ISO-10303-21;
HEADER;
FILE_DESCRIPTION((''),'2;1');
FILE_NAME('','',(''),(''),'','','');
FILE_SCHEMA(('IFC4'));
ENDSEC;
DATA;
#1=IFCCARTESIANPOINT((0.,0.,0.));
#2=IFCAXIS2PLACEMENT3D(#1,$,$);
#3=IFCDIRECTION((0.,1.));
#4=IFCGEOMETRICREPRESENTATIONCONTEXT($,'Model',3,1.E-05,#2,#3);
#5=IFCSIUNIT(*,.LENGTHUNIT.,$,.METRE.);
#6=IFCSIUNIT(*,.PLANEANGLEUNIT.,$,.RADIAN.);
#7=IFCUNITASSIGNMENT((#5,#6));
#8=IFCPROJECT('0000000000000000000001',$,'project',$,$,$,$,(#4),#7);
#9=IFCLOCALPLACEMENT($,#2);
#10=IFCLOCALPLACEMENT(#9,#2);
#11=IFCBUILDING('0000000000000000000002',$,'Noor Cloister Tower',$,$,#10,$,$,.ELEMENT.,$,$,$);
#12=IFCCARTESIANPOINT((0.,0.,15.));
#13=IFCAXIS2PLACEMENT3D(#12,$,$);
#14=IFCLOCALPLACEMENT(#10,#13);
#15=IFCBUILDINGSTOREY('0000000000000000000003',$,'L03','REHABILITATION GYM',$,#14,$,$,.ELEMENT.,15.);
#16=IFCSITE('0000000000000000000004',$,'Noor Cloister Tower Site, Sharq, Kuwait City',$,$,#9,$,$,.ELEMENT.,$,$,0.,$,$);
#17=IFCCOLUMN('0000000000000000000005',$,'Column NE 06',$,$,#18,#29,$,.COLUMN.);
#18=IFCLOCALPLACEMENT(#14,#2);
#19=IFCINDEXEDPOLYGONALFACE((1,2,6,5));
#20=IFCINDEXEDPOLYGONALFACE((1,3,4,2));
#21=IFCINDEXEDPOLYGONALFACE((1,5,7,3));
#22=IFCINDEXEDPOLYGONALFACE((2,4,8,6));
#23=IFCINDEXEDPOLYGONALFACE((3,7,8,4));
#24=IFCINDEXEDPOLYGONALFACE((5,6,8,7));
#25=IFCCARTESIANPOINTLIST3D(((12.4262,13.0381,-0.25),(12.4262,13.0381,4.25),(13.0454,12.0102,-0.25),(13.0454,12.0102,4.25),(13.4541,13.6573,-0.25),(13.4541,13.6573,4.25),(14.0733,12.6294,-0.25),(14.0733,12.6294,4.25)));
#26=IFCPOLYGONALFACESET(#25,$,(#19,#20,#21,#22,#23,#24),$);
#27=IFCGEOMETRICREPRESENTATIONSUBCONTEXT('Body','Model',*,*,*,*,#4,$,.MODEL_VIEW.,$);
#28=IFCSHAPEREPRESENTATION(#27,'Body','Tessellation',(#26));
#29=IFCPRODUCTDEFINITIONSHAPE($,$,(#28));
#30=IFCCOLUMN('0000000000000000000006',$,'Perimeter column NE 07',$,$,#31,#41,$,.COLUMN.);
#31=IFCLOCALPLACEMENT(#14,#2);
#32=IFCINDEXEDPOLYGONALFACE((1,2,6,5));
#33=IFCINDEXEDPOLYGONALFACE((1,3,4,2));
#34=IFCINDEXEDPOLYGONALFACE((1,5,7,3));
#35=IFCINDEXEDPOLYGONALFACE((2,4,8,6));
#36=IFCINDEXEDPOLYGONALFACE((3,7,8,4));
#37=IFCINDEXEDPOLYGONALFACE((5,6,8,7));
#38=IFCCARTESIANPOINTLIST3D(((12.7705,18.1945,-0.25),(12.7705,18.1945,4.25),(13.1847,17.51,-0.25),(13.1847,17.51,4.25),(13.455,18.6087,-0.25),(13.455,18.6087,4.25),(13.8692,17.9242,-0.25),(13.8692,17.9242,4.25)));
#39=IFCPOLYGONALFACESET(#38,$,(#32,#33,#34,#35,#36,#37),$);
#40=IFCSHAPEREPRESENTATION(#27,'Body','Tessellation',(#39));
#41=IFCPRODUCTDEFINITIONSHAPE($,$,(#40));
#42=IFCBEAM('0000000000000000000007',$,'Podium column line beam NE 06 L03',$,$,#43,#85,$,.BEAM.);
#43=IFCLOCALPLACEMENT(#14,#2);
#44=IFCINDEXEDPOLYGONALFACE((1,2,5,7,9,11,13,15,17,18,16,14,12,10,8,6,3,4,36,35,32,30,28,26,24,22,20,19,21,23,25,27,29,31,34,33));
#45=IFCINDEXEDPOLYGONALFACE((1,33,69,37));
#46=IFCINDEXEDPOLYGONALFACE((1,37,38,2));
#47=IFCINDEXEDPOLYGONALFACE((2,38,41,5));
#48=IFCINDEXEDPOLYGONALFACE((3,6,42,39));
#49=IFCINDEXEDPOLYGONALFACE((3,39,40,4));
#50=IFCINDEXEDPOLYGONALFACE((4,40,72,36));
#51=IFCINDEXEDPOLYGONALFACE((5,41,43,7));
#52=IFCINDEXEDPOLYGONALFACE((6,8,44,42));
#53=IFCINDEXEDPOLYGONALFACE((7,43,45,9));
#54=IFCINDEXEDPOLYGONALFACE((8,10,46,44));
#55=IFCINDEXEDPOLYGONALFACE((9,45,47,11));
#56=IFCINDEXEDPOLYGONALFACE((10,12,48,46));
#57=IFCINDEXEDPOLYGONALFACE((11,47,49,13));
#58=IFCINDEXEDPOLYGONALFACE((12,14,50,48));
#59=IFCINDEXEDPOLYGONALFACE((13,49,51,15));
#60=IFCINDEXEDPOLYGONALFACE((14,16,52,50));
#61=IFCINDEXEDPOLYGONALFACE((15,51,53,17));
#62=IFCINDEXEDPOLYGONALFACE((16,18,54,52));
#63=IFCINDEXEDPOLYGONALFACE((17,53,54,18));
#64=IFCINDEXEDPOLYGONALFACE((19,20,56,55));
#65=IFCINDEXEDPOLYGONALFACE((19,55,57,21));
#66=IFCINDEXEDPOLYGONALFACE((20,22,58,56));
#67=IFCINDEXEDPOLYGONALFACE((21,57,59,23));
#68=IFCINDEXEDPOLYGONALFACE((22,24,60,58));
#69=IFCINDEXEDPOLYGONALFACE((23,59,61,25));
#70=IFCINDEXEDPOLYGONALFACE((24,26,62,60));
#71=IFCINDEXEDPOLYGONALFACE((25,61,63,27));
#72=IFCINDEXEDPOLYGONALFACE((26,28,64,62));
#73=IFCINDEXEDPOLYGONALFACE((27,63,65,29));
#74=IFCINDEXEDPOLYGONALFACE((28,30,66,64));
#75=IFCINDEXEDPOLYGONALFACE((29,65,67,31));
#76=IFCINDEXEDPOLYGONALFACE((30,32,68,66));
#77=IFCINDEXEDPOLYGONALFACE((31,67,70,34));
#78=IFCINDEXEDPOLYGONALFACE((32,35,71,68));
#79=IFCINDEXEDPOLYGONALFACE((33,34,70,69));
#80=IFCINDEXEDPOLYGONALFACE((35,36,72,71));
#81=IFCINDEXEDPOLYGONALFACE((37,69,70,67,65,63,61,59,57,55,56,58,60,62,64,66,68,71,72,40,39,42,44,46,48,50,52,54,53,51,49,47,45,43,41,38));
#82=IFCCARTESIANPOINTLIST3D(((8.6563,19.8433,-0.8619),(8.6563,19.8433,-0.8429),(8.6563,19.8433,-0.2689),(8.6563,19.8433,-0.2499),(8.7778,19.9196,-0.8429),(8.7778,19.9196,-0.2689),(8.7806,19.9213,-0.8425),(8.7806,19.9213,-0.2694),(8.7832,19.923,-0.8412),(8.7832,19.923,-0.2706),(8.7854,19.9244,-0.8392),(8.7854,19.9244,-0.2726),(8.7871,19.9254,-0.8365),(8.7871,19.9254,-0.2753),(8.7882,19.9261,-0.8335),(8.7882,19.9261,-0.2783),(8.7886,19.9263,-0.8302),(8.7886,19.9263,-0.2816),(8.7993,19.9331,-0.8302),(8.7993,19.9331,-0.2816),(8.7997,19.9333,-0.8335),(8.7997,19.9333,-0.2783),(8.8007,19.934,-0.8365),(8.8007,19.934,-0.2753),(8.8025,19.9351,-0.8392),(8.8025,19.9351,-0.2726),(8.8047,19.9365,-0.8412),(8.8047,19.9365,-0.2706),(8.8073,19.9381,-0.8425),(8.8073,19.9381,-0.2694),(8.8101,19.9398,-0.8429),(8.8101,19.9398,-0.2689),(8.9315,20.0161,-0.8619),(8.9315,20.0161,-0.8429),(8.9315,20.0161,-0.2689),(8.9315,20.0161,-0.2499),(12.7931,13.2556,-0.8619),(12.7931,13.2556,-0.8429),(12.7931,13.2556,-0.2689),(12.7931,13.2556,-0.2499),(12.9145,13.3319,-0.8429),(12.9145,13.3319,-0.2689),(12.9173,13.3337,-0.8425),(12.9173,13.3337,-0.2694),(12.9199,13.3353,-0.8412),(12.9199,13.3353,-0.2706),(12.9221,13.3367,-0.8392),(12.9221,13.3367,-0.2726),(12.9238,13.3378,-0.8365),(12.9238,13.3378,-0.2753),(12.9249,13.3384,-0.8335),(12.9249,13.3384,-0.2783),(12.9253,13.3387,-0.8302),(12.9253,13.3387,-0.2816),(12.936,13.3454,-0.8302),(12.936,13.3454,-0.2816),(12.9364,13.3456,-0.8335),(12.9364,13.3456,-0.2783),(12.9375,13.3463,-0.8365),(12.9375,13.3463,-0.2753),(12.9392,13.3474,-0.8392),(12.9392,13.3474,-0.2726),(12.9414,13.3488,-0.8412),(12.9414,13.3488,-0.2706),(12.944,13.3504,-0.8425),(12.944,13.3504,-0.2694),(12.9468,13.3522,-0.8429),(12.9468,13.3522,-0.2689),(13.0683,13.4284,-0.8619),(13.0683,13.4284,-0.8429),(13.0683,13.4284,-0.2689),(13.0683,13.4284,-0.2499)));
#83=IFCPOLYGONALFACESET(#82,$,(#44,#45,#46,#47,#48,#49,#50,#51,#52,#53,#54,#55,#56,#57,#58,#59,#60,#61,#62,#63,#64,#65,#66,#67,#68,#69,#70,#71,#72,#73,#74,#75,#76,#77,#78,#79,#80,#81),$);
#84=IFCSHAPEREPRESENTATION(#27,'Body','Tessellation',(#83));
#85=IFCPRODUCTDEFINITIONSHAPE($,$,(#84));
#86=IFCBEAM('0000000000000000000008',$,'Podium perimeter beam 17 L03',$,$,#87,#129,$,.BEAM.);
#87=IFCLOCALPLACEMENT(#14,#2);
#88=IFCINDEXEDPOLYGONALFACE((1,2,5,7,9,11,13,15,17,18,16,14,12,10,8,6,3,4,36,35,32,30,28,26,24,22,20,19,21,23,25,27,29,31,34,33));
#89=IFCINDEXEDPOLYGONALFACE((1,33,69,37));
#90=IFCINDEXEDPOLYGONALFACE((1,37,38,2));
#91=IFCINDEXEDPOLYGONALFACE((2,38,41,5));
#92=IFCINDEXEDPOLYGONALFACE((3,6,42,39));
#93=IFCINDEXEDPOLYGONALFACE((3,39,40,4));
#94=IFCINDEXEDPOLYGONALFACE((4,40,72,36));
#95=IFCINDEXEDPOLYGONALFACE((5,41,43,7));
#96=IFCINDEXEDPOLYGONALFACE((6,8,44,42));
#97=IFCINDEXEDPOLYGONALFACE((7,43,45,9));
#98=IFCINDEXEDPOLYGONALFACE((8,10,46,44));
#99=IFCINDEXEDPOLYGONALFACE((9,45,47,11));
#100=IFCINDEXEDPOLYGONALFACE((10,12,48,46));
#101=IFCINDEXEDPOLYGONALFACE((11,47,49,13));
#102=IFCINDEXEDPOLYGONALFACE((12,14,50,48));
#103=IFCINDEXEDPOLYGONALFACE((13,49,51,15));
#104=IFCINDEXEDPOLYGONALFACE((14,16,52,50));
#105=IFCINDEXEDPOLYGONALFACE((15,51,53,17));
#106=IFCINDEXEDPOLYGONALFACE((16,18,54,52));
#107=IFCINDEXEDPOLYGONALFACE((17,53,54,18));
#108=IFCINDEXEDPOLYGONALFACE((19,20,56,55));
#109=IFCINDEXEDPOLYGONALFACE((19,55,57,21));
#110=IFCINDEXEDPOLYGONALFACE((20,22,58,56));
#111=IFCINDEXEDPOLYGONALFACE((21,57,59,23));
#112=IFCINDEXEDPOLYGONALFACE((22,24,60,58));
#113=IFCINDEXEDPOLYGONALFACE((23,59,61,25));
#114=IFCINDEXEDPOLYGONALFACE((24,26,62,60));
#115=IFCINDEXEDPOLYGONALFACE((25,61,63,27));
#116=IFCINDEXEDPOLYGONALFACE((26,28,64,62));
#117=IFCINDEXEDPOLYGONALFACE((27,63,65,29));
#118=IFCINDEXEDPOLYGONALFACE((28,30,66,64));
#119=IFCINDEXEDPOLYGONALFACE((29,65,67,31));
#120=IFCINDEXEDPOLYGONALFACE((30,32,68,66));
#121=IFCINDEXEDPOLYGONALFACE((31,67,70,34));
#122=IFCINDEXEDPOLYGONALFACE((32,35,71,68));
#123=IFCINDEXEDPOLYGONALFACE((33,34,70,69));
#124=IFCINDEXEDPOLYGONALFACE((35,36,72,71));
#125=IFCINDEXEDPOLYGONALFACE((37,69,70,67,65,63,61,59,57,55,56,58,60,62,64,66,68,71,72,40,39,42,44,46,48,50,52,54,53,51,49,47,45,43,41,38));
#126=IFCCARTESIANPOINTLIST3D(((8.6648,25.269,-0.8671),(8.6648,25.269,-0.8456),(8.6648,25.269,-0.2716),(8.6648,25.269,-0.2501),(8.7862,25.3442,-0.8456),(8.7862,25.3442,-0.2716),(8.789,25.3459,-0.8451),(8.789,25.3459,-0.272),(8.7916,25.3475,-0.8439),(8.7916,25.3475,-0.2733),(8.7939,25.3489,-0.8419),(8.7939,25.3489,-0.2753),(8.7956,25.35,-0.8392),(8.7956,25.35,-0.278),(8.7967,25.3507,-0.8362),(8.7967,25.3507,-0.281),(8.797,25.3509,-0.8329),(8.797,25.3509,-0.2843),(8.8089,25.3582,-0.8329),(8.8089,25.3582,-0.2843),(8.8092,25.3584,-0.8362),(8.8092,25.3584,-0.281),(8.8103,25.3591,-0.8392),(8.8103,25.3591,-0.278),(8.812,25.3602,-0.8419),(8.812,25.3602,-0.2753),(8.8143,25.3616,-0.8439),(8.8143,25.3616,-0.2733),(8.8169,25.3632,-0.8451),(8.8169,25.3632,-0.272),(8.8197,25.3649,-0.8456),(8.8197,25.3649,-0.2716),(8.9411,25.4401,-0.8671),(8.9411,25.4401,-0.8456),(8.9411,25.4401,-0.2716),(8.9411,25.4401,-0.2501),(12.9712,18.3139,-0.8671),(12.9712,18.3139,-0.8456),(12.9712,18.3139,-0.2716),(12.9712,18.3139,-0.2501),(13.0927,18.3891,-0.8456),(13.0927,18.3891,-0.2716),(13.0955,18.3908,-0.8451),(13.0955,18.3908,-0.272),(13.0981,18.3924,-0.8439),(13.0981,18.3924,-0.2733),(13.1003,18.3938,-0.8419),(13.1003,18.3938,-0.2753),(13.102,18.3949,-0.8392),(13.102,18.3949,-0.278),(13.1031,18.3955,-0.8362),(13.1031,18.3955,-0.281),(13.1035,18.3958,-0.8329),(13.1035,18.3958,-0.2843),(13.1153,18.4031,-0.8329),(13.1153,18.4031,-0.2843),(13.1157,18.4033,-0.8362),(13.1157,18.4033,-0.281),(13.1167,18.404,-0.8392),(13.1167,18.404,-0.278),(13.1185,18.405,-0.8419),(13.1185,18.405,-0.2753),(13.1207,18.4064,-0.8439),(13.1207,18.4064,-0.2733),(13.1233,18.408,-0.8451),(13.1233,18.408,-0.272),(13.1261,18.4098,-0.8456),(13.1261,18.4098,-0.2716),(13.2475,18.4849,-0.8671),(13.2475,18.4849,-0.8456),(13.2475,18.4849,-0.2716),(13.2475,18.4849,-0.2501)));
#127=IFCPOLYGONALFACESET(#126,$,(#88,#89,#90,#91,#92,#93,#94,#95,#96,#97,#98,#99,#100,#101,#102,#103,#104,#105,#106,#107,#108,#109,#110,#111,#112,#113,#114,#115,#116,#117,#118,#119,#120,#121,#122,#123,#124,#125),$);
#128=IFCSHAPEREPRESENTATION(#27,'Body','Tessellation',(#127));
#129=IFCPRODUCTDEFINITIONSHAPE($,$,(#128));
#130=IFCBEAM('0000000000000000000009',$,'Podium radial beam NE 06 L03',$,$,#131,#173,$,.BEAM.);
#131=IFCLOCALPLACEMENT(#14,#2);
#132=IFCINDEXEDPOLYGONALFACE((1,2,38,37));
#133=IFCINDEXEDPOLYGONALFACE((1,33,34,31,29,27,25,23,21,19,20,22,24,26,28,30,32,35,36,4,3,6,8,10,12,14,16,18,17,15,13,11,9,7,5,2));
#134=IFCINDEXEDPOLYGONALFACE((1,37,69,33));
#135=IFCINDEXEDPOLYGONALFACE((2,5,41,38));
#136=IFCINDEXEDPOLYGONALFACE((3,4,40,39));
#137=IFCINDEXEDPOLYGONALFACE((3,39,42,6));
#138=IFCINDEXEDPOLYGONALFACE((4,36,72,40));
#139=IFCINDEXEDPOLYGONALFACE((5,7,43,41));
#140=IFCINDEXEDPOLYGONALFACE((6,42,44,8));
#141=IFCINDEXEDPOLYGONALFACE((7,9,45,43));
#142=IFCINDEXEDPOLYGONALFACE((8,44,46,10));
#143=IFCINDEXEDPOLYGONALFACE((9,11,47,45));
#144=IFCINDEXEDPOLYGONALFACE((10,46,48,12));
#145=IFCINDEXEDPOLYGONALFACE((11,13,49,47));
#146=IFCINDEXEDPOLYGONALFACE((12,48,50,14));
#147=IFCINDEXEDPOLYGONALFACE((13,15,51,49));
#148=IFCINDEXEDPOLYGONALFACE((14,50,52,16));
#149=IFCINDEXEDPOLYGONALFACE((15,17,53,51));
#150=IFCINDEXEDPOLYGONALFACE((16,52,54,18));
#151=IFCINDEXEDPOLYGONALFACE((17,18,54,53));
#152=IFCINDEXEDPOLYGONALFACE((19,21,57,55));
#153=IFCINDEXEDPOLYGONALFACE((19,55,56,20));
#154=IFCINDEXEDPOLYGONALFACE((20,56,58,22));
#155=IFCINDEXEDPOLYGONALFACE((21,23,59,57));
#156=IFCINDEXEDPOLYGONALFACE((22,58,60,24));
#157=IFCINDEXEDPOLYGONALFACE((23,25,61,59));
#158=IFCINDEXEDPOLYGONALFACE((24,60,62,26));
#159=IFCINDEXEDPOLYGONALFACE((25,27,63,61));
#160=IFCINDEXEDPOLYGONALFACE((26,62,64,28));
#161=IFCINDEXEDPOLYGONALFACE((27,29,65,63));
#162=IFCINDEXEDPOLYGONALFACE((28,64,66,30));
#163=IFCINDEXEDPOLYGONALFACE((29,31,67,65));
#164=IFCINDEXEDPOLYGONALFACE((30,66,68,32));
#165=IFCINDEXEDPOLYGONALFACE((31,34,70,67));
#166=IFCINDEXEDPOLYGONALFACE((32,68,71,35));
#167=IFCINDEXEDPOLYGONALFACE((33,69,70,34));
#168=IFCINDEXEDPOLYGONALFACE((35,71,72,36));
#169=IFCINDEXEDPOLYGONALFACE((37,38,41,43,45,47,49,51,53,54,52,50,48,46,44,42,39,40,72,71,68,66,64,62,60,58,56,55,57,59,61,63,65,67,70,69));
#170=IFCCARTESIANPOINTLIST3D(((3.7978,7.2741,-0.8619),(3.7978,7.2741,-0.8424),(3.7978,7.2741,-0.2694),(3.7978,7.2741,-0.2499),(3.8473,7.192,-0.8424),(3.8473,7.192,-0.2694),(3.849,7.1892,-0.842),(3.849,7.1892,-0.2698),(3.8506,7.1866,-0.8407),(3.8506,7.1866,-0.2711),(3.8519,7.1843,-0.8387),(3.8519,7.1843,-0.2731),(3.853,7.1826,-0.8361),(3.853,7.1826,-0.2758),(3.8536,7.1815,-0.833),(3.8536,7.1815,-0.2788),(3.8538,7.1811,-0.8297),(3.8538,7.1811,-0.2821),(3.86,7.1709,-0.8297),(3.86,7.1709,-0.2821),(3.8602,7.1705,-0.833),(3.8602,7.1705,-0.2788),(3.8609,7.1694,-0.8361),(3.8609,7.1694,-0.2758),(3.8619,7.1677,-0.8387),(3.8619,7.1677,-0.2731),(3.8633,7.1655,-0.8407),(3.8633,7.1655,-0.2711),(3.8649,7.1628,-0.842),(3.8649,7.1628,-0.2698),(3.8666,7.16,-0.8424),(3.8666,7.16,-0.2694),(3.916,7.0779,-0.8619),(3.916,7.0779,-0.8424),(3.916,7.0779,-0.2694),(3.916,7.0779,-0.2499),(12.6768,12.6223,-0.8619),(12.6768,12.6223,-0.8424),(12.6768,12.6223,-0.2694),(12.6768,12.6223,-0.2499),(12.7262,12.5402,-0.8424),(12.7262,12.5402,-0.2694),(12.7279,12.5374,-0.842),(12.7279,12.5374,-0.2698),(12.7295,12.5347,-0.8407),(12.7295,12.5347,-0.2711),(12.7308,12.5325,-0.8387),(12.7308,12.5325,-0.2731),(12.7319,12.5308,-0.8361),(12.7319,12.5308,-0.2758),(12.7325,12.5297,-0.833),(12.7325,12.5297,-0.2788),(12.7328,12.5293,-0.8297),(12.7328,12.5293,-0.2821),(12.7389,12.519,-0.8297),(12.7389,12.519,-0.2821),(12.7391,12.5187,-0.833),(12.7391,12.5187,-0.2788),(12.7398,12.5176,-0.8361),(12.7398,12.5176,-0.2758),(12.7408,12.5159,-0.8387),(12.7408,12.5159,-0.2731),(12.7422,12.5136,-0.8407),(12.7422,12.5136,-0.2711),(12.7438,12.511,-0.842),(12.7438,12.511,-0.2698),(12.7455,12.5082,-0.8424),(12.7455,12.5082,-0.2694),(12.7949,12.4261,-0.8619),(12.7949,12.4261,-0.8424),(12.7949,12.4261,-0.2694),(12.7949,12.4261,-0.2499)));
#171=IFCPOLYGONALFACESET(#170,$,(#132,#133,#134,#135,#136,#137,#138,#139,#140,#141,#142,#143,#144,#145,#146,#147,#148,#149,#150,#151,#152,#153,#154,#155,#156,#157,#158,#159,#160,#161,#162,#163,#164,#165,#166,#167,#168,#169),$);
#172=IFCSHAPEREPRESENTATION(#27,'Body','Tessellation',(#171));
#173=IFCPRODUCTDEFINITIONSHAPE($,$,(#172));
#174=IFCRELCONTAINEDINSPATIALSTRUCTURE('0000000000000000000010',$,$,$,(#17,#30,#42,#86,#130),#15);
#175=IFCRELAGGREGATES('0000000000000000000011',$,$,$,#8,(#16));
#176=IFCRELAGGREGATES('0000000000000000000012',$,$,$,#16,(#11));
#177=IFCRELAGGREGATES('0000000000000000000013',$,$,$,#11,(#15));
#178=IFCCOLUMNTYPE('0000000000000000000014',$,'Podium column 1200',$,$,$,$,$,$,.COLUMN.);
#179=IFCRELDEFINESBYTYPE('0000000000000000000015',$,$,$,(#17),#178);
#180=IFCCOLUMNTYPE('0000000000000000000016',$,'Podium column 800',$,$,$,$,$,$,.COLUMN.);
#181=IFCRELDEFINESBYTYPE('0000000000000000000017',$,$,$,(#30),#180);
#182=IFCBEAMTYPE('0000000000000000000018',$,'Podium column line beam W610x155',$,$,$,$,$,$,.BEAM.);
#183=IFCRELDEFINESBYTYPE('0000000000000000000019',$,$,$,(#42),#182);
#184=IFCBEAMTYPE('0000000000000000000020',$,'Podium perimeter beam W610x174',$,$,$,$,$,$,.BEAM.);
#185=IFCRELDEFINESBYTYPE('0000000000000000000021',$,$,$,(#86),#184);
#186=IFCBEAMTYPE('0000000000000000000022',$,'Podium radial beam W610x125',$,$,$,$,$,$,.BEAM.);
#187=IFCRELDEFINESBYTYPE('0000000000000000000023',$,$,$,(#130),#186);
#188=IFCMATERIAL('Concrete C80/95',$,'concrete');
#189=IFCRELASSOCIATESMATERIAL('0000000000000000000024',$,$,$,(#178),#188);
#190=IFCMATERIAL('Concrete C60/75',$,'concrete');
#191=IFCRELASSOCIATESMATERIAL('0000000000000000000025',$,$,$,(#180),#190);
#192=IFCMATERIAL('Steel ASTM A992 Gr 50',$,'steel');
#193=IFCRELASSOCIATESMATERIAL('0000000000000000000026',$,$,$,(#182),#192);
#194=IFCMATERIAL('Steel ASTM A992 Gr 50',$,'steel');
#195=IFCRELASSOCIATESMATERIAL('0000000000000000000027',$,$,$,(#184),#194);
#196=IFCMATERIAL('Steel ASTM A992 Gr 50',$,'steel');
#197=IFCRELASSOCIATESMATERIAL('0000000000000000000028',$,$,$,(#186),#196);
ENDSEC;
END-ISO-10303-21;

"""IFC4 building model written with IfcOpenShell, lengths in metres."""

from ifc_helpers import new_model, si_unit, direction, frame, origin, origin_2d, place, context, subcontext, project, spatial, rectangle, i_section, extrude, material, material_profile, profile_set, type_object, element, save


model = new_model("IFC4")

# Units and contexts
model_context = context("Model", 3, precision=1e-05, world=origin(), true_north=direction((0.0, 1.0)))
body_context = subcontext(model_context, "Body", "Model", "MODEL_VIEW")
ifc_project = project(units=[si_unit("LENGTHUNIT", "METRE"), si_unit("PLANEANGLEUNIT", "RADIAN")], contexts=[model_context])

# Site, building, storey
site_placement = place(None, origin())
site = spatial("IfcSite", under=ifc_project, at=site_placement, Name="Noor Cloister Tower Site, Sharq, Kuwait City", CompositionType="ELEMENT", RefElevation=0.0)
building_placement = place(site_placement, origin())
building = spatial("IfcBuilding", under=site, at=building_placement, Name="Noor Cloister Tower", CompositionType="ELEMENT")
storey_placement = place(building_placement, frame((0.0, 0.0, 15.0)))
storey = spatial("IfcBuildingStorey", under=building, at=storey_placement, Name="L03", Description="REHABILITATION GYM", CompositionType="ELEMENT", Elevation=15.0)

# Columns
ifc_material_1 = material(Name="Concrete C80/95", Category="concrete")
ifc_material_profile_1 = material_profile(ifc_material_1, rectangle(XDim=1.2, YDim=1.2, at=origin_2d()), Name="Podium column 1200")
ifc_profile_set_1 = profile_set([ifc_material_profile_1], Name="Concrete C80/95")
column_type_1 = type_object("IfcColumnType", Name="Podium column 1200", PredefinedType="COLUMN", material=ifc_profile_set_1)
column_1_placement = place(storey_placement, frame((13.2498, 12.8337, -0.25), z_axis=(0.0, 0.0, 1.0), x_axis=(0.8566, 0.515981, 0.0)))
element("IfcColumn", 1, at=column_1_placement, inside=storey, type_object=column_type_1, Name="Column NE 06", PredefinedType="COLUMN", context=body_context, shape_type="SweptSolid", body=[
    extrude(rectangle(XDim=1.2, YDim=1.2, at=origin_2d()), origin(), (0.0, 0.0, 1.0), 4.5),
])
ifc_material_2 = material(Name="Concrete C60/75", Category="concrete")
ifc_material_profile_2 = material_profile(ifc_material_2, rectangle(XDim=0.8, YDim=0.8, at=origin_2d()), Name="Podium column 800")
ifc_profile_set_2 = profile_set([ifc_material_profile_2], Name="Concrete C60/75")
column_type_2 = type_object("IfcColumnType", Name="Podium column 800", PredefinedType="COLUMN", material=ifc_profile_set_2)
column_2_placement = place(storey_placement, frame((13.3198, 18.0593, -0.25), z_axis=(0.0, 0.0, 1.0), x_axis=(0.855574, 0.51768, 0.0)))
element("IfcColumn", 2, at=column_2_placement, inside=storey, type_object=column_type_2, Name="Perimeter column NE 07", PredefinedType="COLUMN", context=body_context, shape_type="SweptSolid", body=[
    extrude(rectangle(XDim=0.8, YDim=0.8, at=origin_2d()), origin(), (0.0, 0.0, 1.0), 4.5),
])

# Beams
ifc_material_3 = material(Name="Steel ASTM A992 Gr 50", Category="steel")
ifc_material_profile_3 = material_profile(ifc_material_3, i_section(OverallWidth=0.325, OverallDepth=0.6121, WebThickness=0.0127, FlangeThickness=0.019, FilletRadius=0.0127, at=origin_2d()), Name="W610x155")
ifc_profile_set_3 = profile_set([ifc_material_profile_3], Name="Steel ASTM A992 Gr 50")
beam_type_1 = type_object("IfcBeamType", Name="Podium column line beam W610x155", PredefinedType="BEAM", material=ifc_profile_set_3)
beam_1_placement = place(storey_placement, frame((12.9307, 13.342, -0.5559), z_axis=(-0.531795, 0.846873, 0.0), x_axis=(-0.846873, -0.531795, 0.0)))
element("IfcBeam", 3, at=beam_1_placement, inside=storey, type_object=beam_type_1, Name="Podium column line beam NE 06 L03", PredefinedType="BEAM", context=body_context, shape_type="SweptSolid", body=[
    extrude(i_section(OverallWidth=0.325, OverallDepth=0.6121, WebThickness=0.0127, FlangeThickness=0.019, FilletRadius=0.0127, at=origin_2d()), origin(), (0.0, 0.0, 1.0), 7.7788),
])
ifc_material_4 = material(Name="Steel ASTM A992 Gr 50", Category="steel")
ifc_material_profile_4 = material_profile(ifc_material_4, i_section(OverallWidth=0.325, OverallDepth=0.6169, WebThickness=0.0139, FlangeThickness=0.0215, FilletRadius=0.0127, at=origin_2d()), Name="W610x174")
ifc_profile_set_4 = profile_set([ifc_material_profile_4], Name="Steel ASTM A992 Gr 50")
beam_type_2 = type_object("IfcBeamType", Name="Podium perimeter beam W610x174", PredefinedType="BEAM", material=ifc_profile_set_4)
beam_2_placement = place(storey_placement, frame((13.1094, 18.3994, -0.5586), z_axis=(-0.526432, 0.850217, 0.0), x_axis=(-0.850217, -0.526432, 0.0)))
element("IfcBeam", 4, at=beam_2_placement, inside=storey, type_object=beam_type_2, Name="Podium perimeter beam 17 L03", PredefinedType="BEAM", context=body_context, shape_type="SweptSolid", body=[
    extrude(i_section(OverallWidth=0.325, OverallDepth=0.6169, WebThickness=0.0139, FlangeThickness=0.0215, FilletRadius=0.0127, at=origin_2d()), origin(), (0.0, 0.0, 1.0), 8.1804),
])
ifc_material_5 = material(Name="Steel ASTM A992 Gr 50", Category="steel")
ifc_material_profile_5 = material_profile(ifc_material_5, i_section(OverallWidth=0.229, OverallDepth=0.6121, WebThickness=0.012, FlangeThickness=0.0195, FilletRadius=0.0127, at=origin_2d()), Name="W610x125")
ifc_profile_set_5 = profile_set([ifc_material_profile_5], Name="Steel ASTM A992 Gr 50")
beam_type_3 = type_object("IfcBeamType", Name="Podium radial beam W610x125", PredefinedType="BEAM", material=ifc_profile_set_5)
beam_3_placement = place(storey_placement, frame((12.7358, 12.5242, -0.5559), z_axis=(-0.856606, -0.515971, 0.0), x_axis=(0.515971, -0.856606, 0.0)))
element("IfcBeam", 5, at=beam_3_placement, inside=storey, type_object=beam_type_3, Name="Podium radial beam NE 06 L03", PredefinedType="BEAM", context=body_context, shape_type="SweptSolid", body=[
    extrude(i_section(OverallWidth=0.229, OverallDepth=0.6121, WebThickness=0.012, FlangeThickness=0.0195, FilletRadius=0.0127, at=origin_2d()), origin(), (0.0, 0.0, 1.0), 10.3652),
])

save(model, "model.ifc")
